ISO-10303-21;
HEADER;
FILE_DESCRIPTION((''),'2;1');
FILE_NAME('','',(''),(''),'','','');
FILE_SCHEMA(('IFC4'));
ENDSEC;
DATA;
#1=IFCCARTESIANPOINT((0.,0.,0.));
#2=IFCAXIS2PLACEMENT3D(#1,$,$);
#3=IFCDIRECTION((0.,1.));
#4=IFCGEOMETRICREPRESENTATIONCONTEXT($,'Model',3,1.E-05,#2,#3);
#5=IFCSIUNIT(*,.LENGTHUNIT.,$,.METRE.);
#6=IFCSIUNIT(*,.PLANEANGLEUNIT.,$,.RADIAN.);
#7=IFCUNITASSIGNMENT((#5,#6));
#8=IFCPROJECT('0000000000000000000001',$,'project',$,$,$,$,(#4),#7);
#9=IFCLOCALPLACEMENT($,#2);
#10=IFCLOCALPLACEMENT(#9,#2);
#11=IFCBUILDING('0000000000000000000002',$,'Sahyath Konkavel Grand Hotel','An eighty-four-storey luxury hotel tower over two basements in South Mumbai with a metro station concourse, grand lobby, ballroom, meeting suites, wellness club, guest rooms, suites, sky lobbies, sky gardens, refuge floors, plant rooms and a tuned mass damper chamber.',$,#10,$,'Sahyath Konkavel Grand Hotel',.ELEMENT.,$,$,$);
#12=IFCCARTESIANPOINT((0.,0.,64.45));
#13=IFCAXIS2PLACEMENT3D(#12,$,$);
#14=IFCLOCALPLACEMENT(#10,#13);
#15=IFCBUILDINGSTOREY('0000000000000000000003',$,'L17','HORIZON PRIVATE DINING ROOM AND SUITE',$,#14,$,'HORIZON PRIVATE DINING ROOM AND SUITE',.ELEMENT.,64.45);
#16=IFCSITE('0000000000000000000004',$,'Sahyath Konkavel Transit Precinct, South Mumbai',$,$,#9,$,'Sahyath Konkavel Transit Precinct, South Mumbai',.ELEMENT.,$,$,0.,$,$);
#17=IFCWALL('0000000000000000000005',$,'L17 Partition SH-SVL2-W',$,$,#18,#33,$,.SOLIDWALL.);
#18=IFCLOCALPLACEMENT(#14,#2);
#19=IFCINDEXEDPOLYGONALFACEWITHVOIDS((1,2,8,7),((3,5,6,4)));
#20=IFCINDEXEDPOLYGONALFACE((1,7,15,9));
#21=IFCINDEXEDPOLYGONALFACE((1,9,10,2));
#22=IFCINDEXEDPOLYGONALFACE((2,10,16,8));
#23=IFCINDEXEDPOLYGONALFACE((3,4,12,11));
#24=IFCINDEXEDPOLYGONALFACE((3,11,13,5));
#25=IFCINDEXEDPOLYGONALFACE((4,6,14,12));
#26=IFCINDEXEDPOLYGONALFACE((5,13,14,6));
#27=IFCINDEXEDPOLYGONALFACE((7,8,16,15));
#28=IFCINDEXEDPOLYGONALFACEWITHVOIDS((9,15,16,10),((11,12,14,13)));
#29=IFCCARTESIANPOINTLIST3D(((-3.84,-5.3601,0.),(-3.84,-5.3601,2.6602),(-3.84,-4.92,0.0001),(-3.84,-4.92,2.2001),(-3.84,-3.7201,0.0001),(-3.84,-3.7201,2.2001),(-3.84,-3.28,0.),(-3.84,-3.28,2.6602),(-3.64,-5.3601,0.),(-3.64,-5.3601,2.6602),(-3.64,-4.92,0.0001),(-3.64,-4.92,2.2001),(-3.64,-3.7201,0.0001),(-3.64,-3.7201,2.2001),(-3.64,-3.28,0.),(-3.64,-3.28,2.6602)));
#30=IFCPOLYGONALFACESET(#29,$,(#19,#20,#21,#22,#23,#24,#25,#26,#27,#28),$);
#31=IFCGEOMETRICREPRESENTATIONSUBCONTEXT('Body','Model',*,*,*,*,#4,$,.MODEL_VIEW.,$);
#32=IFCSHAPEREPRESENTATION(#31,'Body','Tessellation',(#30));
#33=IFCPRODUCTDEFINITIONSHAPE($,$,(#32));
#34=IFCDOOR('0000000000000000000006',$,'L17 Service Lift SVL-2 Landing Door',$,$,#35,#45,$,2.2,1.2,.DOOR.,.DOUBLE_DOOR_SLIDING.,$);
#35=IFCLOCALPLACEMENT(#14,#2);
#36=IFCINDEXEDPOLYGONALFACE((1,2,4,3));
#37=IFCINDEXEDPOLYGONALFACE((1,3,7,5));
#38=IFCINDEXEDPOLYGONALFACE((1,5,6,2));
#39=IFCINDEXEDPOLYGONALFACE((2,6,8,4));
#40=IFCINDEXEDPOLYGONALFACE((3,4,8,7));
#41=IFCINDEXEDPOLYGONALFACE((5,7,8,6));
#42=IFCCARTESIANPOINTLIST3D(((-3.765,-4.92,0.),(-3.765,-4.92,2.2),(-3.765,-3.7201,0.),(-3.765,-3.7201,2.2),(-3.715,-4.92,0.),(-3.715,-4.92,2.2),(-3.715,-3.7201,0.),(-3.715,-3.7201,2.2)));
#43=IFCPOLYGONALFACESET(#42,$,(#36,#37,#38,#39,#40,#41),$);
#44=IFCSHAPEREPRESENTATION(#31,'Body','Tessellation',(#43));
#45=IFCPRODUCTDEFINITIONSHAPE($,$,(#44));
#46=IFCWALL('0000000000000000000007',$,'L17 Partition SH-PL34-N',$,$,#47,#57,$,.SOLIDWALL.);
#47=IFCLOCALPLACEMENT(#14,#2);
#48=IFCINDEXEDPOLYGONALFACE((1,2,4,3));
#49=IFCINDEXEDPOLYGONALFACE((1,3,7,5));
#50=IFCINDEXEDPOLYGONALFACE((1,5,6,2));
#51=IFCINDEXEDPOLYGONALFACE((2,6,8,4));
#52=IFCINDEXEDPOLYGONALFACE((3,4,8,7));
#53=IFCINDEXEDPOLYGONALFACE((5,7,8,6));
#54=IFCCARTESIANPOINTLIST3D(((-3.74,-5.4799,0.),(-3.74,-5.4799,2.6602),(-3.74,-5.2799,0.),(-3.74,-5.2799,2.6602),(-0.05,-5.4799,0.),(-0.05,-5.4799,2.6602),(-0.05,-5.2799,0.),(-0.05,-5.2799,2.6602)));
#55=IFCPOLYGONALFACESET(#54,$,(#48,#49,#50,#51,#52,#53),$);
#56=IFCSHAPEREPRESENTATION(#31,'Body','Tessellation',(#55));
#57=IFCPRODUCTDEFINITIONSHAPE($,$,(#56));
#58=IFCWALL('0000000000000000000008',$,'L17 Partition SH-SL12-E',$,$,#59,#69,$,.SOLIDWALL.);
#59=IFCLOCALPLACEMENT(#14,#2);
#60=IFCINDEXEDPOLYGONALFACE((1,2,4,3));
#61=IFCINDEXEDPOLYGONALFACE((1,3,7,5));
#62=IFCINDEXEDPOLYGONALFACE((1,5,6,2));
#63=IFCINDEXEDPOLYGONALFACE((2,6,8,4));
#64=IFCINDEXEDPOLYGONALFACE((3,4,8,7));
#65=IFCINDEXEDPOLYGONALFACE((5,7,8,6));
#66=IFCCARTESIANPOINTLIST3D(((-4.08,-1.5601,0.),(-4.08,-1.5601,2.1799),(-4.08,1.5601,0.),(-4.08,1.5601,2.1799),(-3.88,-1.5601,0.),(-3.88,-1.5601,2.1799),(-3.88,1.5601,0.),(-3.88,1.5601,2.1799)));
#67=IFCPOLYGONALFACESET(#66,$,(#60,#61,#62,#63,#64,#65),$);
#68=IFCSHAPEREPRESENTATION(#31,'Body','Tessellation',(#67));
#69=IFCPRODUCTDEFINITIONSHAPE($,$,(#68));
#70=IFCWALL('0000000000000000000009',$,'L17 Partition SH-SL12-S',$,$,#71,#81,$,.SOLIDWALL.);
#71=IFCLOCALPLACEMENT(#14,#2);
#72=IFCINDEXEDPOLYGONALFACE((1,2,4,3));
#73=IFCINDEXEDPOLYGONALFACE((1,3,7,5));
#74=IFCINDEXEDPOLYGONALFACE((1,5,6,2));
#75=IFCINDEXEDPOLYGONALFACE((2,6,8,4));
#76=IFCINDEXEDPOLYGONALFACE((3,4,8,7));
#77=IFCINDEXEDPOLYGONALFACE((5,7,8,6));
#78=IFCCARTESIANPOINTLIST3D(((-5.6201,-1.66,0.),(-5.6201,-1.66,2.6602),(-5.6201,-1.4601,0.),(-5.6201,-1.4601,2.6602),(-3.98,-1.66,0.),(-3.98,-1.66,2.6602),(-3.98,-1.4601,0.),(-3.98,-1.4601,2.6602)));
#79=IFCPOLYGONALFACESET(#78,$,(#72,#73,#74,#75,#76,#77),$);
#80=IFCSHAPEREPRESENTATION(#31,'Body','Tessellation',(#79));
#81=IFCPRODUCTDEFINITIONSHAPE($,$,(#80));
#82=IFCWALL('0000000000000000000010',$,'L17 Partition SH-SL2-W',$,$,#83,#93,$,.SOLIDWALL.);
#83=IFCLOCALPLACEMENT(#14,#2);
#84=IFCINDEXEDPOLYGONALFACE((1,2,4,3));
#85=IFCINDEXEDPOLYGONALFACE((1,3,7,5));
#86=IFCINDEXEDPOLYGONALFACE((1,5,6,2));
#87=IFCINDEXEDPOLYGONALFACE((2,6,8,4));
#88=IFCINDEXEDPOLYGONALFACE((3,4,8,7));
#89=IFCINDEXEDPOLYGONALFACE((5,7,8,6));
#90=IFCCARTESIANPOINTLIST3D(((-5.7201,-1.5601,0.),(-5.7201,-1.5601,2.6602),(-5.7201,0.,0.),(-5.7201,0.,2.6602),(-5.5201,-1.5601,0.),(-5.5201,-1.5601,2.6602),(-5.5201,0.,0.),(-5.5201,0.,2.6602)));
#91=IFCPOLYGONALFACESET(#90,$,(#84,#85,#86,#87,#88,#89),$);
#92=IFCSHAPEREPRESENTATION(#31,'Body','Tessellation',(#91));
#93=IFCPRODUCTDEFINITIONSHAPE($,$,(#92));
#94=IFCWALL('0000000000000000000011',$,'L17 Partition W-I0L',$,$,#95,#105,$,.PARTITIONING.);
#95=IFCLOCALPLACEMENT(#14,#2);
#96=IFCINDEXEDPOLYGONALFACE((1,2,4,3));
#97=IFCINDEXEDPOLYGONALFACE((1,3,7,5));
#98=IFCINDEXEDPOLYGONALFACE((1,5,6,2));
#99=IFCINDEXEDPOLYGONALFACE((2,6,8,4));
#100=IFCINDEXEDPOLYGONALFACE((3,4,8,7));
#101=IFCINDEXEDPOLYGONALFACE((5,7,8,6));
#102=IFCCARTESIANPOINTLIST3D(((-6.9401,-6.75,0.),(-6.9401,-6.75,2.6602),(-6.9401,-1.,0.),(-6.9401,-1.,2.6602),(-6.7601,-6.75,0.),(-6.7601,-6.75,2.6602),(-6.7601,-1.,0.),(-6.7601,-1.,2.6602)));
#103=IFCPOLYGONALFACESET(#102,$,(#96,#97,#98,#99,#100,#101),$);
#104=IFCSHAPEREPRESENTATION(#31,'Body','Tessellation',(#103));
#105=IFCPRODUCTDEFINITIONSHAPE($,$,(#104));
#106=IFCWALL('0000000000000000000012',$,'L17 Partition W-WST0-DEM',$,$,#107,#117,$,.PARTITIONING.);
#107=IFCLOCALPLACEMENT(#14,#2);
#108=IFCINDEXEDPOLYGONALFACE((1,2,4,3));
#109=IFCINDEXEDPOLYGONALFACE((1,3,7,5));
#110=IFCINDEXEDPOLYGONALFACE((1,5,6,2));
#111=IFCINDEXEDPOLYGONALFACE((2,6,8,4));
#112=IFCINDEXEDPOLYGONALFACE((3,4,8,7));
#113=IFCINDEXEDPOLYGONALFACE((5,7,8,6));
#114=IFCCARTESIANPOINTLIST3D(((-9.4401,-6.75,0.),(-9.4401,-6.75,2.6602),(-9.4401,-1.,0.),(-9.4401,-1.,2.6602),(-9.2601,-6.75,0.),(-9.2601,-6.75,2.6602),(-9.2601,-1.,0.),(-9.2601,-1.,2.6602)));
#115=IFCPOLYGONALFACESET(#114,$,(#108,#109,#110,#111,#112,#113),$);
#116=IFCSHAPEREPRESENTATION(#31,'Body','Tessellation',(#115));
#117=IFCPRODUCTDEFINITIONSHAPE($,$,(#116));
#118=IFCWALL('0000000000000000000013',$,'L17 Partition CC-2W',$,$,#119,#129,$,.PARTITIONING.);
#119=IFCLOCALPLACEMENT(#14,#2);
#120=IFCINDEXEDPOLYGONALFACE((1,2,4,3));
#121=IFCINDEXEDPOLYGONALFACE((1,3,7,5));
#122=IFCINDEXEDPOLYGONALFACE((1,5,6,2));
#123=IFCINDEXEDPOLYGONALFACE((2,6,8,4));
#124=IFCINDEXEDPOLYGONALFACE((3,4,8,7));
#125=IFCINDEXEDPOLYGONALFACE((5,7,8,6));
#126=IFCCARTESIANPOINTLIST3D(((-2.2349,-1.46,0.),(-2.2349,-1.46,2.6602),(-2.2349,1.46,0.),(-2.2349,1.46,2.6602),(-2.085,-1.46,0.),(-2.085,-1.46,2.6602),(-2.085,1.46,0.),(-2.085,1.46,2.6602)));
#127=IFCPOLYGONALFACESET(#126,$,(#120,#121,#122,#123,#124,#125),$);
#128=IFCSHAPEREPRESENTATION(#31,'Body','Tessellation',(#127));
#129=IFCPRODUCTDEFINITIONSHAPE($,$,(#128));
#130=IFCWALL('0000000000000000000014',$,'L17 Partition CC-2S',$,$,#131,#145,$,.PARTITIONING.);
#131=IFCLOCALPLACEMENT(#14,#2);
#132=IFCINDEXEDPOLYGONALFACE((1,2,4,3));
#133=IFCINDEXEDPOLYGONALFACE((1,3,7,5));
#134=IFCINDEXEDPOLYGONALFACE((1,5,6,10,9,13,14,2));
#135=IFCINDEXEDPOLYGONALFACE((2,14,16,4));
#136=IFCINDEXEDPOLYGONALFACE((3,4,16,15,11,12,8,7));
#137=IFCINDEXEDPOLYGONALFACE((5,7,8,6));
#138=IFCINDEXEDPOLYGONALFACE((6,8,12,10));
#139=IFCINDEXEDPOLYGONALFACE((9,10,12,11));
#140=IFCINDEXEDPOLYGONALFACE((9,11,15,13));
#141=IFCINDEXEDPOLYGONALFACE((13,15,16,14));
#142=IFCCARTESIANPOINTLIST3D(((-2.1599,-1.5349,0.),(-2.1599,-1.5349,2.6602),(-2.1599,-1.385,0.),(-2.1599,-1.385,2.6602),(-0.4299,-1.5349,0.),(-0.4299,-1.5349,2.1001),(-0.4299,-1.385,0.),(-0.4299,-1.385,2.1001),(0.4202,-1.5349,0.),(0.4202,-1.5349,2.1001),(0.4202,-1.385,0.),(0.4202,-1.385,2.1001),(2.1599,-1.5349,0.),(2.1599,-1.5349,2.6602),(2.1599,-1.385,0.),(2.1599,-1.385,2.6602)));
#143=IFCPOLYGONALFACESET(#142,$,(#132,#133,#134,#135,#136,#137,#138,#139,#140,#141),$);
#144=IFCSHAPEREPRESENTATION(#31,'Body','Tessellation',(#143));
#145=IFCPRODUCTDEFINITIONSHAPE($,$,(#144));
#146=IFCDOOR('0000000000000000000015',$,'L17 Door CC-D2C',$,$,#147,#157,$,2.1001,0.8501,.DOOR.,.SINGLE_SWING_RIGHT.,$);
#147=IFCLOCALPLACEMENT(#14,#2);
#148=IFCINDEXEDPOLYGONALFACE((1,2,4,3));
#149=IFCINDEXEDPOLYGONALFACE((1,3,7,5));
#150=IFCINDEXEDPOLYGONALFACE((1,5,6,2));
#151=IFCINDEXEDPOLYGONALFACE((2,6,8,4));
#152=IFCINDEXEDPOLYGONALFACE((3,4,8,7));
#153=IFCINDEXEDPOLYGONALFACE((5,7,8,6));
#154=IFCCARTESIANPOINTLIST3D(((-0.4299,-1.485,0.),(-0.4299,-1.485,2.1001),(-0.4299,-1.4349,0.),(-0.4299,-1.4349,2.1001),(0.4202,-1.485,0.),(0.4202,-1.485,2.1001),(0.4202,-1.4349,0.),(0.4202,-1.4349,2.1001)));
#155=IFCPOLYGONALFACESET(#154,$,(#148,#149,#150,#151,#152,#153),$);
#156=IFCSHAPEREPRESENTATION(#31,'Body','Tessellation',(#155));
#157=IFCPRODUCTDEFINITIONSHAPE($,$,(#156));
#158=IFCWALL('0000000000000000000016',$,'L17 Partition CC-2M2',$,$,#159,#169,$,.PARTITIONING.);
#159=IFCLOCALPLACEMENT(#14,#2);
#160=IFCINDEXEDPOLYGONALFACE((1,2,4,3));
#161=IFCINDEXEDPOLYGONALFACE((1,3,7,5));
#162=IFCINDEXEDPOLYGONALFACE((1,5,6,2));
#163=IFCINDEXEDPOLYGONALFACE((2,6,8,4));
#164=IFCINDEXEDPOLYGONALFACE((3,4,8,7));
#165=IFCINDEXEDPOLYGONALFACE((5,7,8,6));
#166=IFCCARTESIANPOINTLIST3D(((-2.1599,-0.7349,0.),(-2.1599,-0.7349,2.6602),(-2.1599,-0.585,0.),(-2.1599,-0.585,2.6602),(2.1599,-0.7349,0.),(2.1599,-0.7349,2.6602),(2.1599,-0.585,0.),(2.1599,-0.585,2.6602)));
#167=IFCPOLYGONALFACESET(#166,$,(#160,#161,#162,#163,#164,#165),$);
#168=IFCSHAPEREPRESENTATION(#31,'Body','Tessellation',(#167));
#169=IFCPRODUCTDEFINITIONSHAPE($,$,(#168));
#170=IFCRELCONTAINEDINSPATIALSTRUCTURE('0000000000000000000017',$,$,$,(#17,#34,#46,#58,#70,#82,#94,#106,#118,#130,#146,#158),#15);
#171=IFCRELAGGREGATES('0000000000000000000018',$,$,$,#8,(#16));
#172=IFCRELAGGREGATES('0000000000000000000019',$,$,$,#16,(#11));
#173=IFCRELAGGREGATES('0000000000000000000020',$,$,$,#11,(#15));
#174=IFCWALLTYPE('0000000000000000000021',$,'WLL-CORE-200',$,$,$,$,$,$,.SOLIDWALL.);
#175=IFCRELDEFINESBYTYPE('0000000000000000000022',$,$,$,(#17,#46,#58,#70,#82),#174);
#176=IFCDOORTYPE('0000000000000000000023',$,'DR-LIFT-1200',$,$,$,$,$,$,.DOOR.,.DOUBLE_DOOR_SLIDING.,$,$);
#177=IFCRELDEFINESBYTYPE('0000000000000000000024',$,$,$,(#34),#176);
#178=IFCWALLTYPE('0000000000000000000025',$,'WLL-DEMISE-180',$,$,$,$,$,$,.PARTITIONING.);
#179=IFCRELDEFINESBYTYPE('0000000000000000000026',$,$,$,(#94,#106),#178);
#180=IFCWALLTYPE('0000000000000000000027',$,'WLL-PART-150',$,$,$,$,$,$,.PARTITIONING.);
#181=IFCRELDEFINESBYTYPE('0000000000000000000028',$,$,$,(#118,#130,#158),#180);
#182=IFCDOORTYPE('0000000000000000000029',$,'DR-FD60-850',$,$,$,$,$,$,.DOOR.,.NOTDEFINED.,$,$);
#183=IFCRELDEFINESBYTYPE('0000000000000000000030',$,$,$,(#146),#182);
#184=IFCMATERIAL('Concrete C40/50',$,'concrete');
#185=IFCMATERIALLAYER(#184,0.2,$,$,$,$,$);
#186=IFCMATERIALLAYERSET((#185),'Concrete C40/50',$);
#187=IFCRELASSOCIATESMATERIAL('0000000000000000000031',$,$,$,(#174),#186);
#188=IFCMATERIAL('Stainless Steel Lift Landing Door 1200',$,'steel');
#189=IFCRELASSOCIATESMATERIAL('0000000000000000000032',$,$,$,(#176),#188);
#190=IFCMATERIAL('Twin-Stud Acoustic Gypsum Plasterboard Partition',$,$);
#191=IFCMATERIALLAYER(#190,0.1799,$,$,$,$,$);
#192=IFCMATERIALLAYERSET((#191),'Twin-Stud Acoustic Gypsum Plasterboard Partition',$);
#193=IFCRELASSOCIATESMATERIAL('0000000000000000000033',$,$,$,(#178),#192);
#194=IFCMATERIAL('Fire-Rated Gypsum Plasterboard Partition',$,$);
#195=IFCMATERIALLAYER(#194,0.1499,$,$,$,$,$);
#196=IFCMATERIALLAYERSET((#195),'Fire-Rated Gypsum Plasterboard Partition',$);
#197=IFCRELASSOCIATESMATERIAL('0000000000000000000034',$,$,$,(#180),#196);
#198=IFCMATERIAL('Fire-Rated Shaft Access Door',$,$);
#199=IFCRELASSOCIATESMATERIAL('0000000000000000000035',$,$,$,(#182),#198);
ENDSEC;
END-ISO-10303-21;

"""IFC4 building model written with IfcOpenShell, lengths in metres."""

from ifc_helpers import new_model, si_unit, direction, frame, frame_2d, origin, origin_2d, place, context, subcontext, project, spatial, rectangle, extrude, source, transform, mapped, material, layer, layer_set, type_object, element, fill, save


model = new_model("IFC4")

# Units and contexts
model_context = context("Model", 3, precision=1e-05, world=origin(), true_north=direction((0.0, 1.0)))
body_context = subcontext(model_context, "Body", "Model", "MODEL_VIEW")
ifc_project = project(units=[si_unit("LENGTHUNIT", "METRE"), si_unit("PLANEANGLEUNIT", "RADIAN")], contexts=[model_context])

# Site, building, storey
site_placement = place(None, origin())
site = spatial("IfcSite", under=ifc_project, at=site_placement, Name="Sahyath Konkavel Transit Precinct, South Mumbai", LongName="Sahyath Konkavel Transit Precinct, South Mumbai", CompositionType="ELEMENT", RefElevation=0.0)
building_placement = place(site_placement, origin())
building = spatial("IfcBuilding", under=site, at=building_placement, Name="Sahyath Konkavel Grand Hotel", Description="An eighty-four-storey luxury hotel tower over two basements in South Mumbai with a metro station concourse, grand lobby, ballroom, meeting suites, wellness club, guest rooms, suites, sky lobbies, sky gardens, refuge floors, plant rooms and a tuned mass damper chamber.", LongName="Sahyath Konkavel Grand Hotel", CompositionType="ELEMENT")
storey_placement = place(building_placement, frame((0.0, 0.0, 64.45)))
storey = spatial("IfcBuildingStorey", under=building, at=storey_placement, Name="L17", Description="HORIZON PRIVATE DINING ROOM AND SUITE", LongName="HORIZON PRIVATE DINING ROOM AND SUITE", CompositionType="ELEMENT", Elevation=64.45)

# Shared definitions
ifc_material_1 = material(Name="Concrete C40/50", Category="concrete")
ifc_layer_1 = layer(ifc_material_1, 0.2)
ifc_layer_set_1 = layer_set([ifc_layer_1], Name="Concrete C40/50")
wall_type_1 = type_object("IfcWallType", Name="WLL-CORE-200", PredefinedType="SOLIDWALL", material=ifc_layer_set_1)

# Wall, opening, door
wall_1_placement = place(storey_placement, frame((-3.74, -5.3601, 0.0), z_axis=(0.0, 0.0, 1.0), x_axis=(0.0, 1.0, 0.0)))
wall_1 = element("IfcWall", 1, at=wall_1_placement, inside=storey, type_object=wall_type_1, Name="L17 Partition SH-SVL2-W", PredefinedType="SOLIDWALL", context=body_context, shape_type="SweptSolid", body=[
    extrude(rectangle(XDim=2.0801, YDim=0.2, at=frame_2d((1.04, 0.0))), origin(), (0.0, 0.0, 1.0), 2.6602),
])
opening_1_placement = place(wall_1_placement, frame((0.4399, 0.0, 0.0)))
opening_1 = element("IfcOpeningElement", 2, at=opening_1_placement, cuts=wall_1, PredefinedType="OPENING", context=body_context, shape_type="SweptSolid", body=[
    extrude(rectangle(XDim=1.2, YDim=2.2, at=frame_2d((0.6001, 1.1001))), frame((0.0, 0.1099, 0.0), z_axis=(0.0, -1.0, 0.0), x_axis=(1.0, 0.0, 0.0)), (0.0, 0.0, 1.0), 0.22),
])
ifc_material_2 = material(Name="Stainless Steel Lift Landing Door 1200", Category="steel")
door_type_1 = type_object("IfcDoorType", Name="DR-LIFT-1200", OperationType="DOUBLE_DOOR_SLIDING", PredefinedType="DOOR", material=ifc_material_2)
shared_shape_1 = source(origin(), body_context, "Body", "SweptSolid", [
    extrude(rectangle(XDim=1.2, YDim=0.05, at=origin_2d()), origin(), (0.0, 0.0, 1.0), 2.2),
])
door_1_placement = place(opening_1_placement, frame((0.6001, 0.0, 0.0)))
door_1 = element("IfcDoor", 3, at=door_1_placement, inside=storey, type_object=door_type_1, Name="L17 Service Lift SVL-2 Landing Door", OperationType="DOUBLE_DOOR_SLIDING", OverallHeight=2.2, OverallWidth=1.2, PredefinedType="DOOR", context=body_context, shape_type="MappedRepresentation", body=[
    mapped(shared_shape_1, transform((0.0, 0.0, 0.0), scale=1.0)),
])
fill(opening_1, door_1)

# Walls
wall_2_placement = place(storey_placement, frame((-3.74, -5.3799, 0.0), z_axis=(0.0, 0.0, 1.0), x_axis=(1.0, 0.0, 0.0)))
element("IfcWall", 4, at=wall_2_placement, inside=storey, type_object=wall_type_1, Name="L17 Partition SH-PL34-N", PredefinedType="SOLIDWALL", context=body_context, shape_type="SweptSolid", body=[
    extrude(rectangle(XDim=3.6899, YDim=0.2, at=frame_2d((1.845, 0.0))), origin(), (0.0, 0.0, 1.0), 2.6602),
])
wall_3_placement = place(storey_placement, frame((-3.98, -1.5601, 0.0), z_axis=(0.0, 0.0, 1.0), x_axis=(0.0, 1.0, 0.0)))
element("IfcWall", 5, at=wall_3_placement, inside=storey, type_object=wall_type_1, Name="L17 Partition SH-SL12-E", PredefinedType="SOLIDWALL", context=body_context, shape_type="SweptSolid", body=[
    extrude(rectangle(XDim=3.1201, YDim=0.2, at=frame_2d((1.5601, 0.0))), origin(), (0.0, 0.0, 1.0), 2.1799),
])
wall_4_placement = place(storey_placement, frame((-5.6201, -1.5601, 0.0), z_axis=(0.0, 0.0, 1.0), x_axis=(1.0, 0.0, 0.0)))
element("IfcWall", 6, at=wall_4_placement, inside=storey, type_object=wall_type_1, Name="L17 Partition SH-SL12-S", PredefinedType="SOLIDWALL", context=body_context, shape_type="SweptSolid", body=[
    extrude(rectangle(XDim=1.6401, YDim=0.2, at=frame_2d((0.8201, 0.0))), origin(), (0.0, 0.0, 1.0), 2.6602),
])
wall_5_placement = place(storey_placement, frame((-5.6201, -1.5601, 0.0), z_axis=(0.0, 0.0, 1.0), x_axis=(0.0, 1.0, 0.0)))
element("IfcWall", 7, at=wall_5_placement, inside=storey, type_object=wall_type_1, Name="L17 Partition SH-SL2-W", PredefinedType="SOLIDWALL", context=body_context, shape_type="SweptSolid", body=[
    extrude(rectangle(XDim=1.5601, YDim=0.2, at=frame_2d((0.78, 0.0))), origin(), (0.0, 0.0, 1.0), 2.6602),
])
ifc_material_3 = material(Name="Twin-Stud Acoustic Gypsum Plasterboard Partition")
ifc_layer_2 = layer(ifc_material_3, 0.1799)
ifc_layer_set_2 = layer_set([ifc_layer_2], Name="Twin-Stud Acoustic Gypsum Plasterboard Partition")
wall_type_2 = type_object("IfcWallType", Name="WLL-DEMISE-180", PredefinedType="PARTITIONING", material=ifc_layer_set_2)
for number, where, z_axis, x_axis, name in (
    (8, (-6.8501, -1.0, 0.0), (0.0, 0.0, 1.0), (0.0, -1.0, 0.0), "L17 Partition W-I0L"),
    (9, (-9.3501, -1.0, 0.0), (0.0, 0.0, 1.0), (0.0, -1.0, 0.0), "L17 Partition W-WST0-DEM"),
):
    element("IfcWall", number, at=place(storey_placement, frame(where, z_axis=z_axis, x_axis=x_axis)), inside=storey, type_object=wall_type_2, Name=name, PredefinedType="PARTITIONING", context=body_context, shape_type="SweptSolid", body=[
        extrude(rectangle(XDim=5.75, YDim=0.1799, at=frame_2d((2.875, 0.0))), origin(), (0.0, 0.0, 1.0), 2.6602),
    ])
ifc_material_4 = material(Name="Fire-Rated Gypsum Plasterboard Partition")
ifc_layer_3 = layer(ifc_material_4, 0.1499)
ifc_layer_set_3 = layer_set([ifc_layer_3], Name="Fire-Rated Gypsum Plasterboard Partition")
wall_type_3 = type_object("IfcWallType", Name="WLL-PART-150", PredefinedType="PARTITIONING", material=ifc_layer_set_3)
wall_6_placement = place(storey_placement, frame((-2.1599, -1.46, 0.0), z_axis=(0.0, 0.0, 1.0), x_axis=(0.0, 1.0, 0.0)))
element("IfcWall", 10, at=wall_6_placement, inside=storey, type_object=wall_type_3, Name="L17 Partition CC-2W", PredefinedType="PARTITIONING", context=body_context, shape_type="SweptSolid", body=[
    extrude(rectangle(XDim=2.9199, YDim=0.1499, at=frame_2d((1.46, 0.0))), origin(), (0.0, 0.0, 1.0), 2.6602),
])

# Wall, opening, door
wall_7_placement = place(storey_placement, frame((-2.1599, -1.46, 0.0), z_axis=(0.0, 0.0, 1.0), x_axis=(1.0, 0.0, 0.0)))
wall_7 = element("IfcWall", 11, at=wall_7_placement, inside=storey, type_object=wall_type_3, Name="L17 Partition CC-2S", PredefinedType="PARTITIONING", context=body_context, shape_type="SweptSolid", body=[
    extrude(rectangle(XDim=4.3198, YDim=0.1499, at=frame_2d((2.1599, 0.0))), origin(), (0.0, 0.0, 1.0), 2.6602),
])
opening_2_placement = place(wall_7_placement, frame((1.73, 0.0, 0.0)))
opening_2 = element("IfcOpeningElement", 12, at=opening_2_placement, cuts=wall_7, PredefinedType="OPENING", context=body_context, shape_type="SweptSolid", body=[
    extrude(rectangle(XDim=0.8501, YDim=2.1001, at=frame_2d((0.425, 1.05))), frame((0.0, 0.085, 0.0), z_axis=(0.0, -1.0, 0.0), x_axis=(1.0, 0.0, 0.0)), (0.0, 0.0, 1.0), 0.1699),
])
ifc_material_5 = material(Name="Fire-Rated Shaft Access Door")
door_type_2 = type_object("IfcDoorType", Name="DR-FD60-850", OperationType="NOTDEFINED", PredefinedType="DOOR", material=ifc_material_5)
shared_shape_2 = source(origin(), body_context, "Body", "SweptSolid", [
    extrude(rectangle(XDim=0.8501, YDim=0.05, at=origin_2d()), origin(), (0.0, 0.0, 1.0), 2.1001),
])
door_2_placement = place(opening_2_placement, frame((0.425, 0.0, 0.0)))
door_2 = element("IfcDoor", 13, at=door_2_placement, inside=storey, type_object=door_type_2, Name="L17 Door CC-D2C", OperationType="SINGLE_SWING_RIGHT", OverallHeight=2.1001, OverallWidth=0.8501, PredefinedType="DOOR", context=body_context, shape_type="MappedRepresentation", body=[
    mapped(shared_shape_2, transform((0.0, 0.0, 0.0), scale=1.0)),
])
fill(opening_2, door_2)

# Wall
wall_8_placement = place(storey_placement, frame((-2.1599, -0.6599, 0.0), z_axis=(0.0, 0.0, 1.0), x_axis=(1.0, 0.0, 0.0)))
element("IfcWall", 14, at=wall_8_placement, inside=storey, type_object=wall_type_3, Name="L17 Partition CC-2M2", PredefinedType="PARTITIONING", context=body_context, shape_type="SweptSolid", body=[
    extrude(rectangle(XDim=4.3198, YDim=0.1499, at=frame_2d((2.1599, 0.0))), origin(), (0.0, 0.0, 1.0), 2.6602),
])

save(model, "model.ifc")
